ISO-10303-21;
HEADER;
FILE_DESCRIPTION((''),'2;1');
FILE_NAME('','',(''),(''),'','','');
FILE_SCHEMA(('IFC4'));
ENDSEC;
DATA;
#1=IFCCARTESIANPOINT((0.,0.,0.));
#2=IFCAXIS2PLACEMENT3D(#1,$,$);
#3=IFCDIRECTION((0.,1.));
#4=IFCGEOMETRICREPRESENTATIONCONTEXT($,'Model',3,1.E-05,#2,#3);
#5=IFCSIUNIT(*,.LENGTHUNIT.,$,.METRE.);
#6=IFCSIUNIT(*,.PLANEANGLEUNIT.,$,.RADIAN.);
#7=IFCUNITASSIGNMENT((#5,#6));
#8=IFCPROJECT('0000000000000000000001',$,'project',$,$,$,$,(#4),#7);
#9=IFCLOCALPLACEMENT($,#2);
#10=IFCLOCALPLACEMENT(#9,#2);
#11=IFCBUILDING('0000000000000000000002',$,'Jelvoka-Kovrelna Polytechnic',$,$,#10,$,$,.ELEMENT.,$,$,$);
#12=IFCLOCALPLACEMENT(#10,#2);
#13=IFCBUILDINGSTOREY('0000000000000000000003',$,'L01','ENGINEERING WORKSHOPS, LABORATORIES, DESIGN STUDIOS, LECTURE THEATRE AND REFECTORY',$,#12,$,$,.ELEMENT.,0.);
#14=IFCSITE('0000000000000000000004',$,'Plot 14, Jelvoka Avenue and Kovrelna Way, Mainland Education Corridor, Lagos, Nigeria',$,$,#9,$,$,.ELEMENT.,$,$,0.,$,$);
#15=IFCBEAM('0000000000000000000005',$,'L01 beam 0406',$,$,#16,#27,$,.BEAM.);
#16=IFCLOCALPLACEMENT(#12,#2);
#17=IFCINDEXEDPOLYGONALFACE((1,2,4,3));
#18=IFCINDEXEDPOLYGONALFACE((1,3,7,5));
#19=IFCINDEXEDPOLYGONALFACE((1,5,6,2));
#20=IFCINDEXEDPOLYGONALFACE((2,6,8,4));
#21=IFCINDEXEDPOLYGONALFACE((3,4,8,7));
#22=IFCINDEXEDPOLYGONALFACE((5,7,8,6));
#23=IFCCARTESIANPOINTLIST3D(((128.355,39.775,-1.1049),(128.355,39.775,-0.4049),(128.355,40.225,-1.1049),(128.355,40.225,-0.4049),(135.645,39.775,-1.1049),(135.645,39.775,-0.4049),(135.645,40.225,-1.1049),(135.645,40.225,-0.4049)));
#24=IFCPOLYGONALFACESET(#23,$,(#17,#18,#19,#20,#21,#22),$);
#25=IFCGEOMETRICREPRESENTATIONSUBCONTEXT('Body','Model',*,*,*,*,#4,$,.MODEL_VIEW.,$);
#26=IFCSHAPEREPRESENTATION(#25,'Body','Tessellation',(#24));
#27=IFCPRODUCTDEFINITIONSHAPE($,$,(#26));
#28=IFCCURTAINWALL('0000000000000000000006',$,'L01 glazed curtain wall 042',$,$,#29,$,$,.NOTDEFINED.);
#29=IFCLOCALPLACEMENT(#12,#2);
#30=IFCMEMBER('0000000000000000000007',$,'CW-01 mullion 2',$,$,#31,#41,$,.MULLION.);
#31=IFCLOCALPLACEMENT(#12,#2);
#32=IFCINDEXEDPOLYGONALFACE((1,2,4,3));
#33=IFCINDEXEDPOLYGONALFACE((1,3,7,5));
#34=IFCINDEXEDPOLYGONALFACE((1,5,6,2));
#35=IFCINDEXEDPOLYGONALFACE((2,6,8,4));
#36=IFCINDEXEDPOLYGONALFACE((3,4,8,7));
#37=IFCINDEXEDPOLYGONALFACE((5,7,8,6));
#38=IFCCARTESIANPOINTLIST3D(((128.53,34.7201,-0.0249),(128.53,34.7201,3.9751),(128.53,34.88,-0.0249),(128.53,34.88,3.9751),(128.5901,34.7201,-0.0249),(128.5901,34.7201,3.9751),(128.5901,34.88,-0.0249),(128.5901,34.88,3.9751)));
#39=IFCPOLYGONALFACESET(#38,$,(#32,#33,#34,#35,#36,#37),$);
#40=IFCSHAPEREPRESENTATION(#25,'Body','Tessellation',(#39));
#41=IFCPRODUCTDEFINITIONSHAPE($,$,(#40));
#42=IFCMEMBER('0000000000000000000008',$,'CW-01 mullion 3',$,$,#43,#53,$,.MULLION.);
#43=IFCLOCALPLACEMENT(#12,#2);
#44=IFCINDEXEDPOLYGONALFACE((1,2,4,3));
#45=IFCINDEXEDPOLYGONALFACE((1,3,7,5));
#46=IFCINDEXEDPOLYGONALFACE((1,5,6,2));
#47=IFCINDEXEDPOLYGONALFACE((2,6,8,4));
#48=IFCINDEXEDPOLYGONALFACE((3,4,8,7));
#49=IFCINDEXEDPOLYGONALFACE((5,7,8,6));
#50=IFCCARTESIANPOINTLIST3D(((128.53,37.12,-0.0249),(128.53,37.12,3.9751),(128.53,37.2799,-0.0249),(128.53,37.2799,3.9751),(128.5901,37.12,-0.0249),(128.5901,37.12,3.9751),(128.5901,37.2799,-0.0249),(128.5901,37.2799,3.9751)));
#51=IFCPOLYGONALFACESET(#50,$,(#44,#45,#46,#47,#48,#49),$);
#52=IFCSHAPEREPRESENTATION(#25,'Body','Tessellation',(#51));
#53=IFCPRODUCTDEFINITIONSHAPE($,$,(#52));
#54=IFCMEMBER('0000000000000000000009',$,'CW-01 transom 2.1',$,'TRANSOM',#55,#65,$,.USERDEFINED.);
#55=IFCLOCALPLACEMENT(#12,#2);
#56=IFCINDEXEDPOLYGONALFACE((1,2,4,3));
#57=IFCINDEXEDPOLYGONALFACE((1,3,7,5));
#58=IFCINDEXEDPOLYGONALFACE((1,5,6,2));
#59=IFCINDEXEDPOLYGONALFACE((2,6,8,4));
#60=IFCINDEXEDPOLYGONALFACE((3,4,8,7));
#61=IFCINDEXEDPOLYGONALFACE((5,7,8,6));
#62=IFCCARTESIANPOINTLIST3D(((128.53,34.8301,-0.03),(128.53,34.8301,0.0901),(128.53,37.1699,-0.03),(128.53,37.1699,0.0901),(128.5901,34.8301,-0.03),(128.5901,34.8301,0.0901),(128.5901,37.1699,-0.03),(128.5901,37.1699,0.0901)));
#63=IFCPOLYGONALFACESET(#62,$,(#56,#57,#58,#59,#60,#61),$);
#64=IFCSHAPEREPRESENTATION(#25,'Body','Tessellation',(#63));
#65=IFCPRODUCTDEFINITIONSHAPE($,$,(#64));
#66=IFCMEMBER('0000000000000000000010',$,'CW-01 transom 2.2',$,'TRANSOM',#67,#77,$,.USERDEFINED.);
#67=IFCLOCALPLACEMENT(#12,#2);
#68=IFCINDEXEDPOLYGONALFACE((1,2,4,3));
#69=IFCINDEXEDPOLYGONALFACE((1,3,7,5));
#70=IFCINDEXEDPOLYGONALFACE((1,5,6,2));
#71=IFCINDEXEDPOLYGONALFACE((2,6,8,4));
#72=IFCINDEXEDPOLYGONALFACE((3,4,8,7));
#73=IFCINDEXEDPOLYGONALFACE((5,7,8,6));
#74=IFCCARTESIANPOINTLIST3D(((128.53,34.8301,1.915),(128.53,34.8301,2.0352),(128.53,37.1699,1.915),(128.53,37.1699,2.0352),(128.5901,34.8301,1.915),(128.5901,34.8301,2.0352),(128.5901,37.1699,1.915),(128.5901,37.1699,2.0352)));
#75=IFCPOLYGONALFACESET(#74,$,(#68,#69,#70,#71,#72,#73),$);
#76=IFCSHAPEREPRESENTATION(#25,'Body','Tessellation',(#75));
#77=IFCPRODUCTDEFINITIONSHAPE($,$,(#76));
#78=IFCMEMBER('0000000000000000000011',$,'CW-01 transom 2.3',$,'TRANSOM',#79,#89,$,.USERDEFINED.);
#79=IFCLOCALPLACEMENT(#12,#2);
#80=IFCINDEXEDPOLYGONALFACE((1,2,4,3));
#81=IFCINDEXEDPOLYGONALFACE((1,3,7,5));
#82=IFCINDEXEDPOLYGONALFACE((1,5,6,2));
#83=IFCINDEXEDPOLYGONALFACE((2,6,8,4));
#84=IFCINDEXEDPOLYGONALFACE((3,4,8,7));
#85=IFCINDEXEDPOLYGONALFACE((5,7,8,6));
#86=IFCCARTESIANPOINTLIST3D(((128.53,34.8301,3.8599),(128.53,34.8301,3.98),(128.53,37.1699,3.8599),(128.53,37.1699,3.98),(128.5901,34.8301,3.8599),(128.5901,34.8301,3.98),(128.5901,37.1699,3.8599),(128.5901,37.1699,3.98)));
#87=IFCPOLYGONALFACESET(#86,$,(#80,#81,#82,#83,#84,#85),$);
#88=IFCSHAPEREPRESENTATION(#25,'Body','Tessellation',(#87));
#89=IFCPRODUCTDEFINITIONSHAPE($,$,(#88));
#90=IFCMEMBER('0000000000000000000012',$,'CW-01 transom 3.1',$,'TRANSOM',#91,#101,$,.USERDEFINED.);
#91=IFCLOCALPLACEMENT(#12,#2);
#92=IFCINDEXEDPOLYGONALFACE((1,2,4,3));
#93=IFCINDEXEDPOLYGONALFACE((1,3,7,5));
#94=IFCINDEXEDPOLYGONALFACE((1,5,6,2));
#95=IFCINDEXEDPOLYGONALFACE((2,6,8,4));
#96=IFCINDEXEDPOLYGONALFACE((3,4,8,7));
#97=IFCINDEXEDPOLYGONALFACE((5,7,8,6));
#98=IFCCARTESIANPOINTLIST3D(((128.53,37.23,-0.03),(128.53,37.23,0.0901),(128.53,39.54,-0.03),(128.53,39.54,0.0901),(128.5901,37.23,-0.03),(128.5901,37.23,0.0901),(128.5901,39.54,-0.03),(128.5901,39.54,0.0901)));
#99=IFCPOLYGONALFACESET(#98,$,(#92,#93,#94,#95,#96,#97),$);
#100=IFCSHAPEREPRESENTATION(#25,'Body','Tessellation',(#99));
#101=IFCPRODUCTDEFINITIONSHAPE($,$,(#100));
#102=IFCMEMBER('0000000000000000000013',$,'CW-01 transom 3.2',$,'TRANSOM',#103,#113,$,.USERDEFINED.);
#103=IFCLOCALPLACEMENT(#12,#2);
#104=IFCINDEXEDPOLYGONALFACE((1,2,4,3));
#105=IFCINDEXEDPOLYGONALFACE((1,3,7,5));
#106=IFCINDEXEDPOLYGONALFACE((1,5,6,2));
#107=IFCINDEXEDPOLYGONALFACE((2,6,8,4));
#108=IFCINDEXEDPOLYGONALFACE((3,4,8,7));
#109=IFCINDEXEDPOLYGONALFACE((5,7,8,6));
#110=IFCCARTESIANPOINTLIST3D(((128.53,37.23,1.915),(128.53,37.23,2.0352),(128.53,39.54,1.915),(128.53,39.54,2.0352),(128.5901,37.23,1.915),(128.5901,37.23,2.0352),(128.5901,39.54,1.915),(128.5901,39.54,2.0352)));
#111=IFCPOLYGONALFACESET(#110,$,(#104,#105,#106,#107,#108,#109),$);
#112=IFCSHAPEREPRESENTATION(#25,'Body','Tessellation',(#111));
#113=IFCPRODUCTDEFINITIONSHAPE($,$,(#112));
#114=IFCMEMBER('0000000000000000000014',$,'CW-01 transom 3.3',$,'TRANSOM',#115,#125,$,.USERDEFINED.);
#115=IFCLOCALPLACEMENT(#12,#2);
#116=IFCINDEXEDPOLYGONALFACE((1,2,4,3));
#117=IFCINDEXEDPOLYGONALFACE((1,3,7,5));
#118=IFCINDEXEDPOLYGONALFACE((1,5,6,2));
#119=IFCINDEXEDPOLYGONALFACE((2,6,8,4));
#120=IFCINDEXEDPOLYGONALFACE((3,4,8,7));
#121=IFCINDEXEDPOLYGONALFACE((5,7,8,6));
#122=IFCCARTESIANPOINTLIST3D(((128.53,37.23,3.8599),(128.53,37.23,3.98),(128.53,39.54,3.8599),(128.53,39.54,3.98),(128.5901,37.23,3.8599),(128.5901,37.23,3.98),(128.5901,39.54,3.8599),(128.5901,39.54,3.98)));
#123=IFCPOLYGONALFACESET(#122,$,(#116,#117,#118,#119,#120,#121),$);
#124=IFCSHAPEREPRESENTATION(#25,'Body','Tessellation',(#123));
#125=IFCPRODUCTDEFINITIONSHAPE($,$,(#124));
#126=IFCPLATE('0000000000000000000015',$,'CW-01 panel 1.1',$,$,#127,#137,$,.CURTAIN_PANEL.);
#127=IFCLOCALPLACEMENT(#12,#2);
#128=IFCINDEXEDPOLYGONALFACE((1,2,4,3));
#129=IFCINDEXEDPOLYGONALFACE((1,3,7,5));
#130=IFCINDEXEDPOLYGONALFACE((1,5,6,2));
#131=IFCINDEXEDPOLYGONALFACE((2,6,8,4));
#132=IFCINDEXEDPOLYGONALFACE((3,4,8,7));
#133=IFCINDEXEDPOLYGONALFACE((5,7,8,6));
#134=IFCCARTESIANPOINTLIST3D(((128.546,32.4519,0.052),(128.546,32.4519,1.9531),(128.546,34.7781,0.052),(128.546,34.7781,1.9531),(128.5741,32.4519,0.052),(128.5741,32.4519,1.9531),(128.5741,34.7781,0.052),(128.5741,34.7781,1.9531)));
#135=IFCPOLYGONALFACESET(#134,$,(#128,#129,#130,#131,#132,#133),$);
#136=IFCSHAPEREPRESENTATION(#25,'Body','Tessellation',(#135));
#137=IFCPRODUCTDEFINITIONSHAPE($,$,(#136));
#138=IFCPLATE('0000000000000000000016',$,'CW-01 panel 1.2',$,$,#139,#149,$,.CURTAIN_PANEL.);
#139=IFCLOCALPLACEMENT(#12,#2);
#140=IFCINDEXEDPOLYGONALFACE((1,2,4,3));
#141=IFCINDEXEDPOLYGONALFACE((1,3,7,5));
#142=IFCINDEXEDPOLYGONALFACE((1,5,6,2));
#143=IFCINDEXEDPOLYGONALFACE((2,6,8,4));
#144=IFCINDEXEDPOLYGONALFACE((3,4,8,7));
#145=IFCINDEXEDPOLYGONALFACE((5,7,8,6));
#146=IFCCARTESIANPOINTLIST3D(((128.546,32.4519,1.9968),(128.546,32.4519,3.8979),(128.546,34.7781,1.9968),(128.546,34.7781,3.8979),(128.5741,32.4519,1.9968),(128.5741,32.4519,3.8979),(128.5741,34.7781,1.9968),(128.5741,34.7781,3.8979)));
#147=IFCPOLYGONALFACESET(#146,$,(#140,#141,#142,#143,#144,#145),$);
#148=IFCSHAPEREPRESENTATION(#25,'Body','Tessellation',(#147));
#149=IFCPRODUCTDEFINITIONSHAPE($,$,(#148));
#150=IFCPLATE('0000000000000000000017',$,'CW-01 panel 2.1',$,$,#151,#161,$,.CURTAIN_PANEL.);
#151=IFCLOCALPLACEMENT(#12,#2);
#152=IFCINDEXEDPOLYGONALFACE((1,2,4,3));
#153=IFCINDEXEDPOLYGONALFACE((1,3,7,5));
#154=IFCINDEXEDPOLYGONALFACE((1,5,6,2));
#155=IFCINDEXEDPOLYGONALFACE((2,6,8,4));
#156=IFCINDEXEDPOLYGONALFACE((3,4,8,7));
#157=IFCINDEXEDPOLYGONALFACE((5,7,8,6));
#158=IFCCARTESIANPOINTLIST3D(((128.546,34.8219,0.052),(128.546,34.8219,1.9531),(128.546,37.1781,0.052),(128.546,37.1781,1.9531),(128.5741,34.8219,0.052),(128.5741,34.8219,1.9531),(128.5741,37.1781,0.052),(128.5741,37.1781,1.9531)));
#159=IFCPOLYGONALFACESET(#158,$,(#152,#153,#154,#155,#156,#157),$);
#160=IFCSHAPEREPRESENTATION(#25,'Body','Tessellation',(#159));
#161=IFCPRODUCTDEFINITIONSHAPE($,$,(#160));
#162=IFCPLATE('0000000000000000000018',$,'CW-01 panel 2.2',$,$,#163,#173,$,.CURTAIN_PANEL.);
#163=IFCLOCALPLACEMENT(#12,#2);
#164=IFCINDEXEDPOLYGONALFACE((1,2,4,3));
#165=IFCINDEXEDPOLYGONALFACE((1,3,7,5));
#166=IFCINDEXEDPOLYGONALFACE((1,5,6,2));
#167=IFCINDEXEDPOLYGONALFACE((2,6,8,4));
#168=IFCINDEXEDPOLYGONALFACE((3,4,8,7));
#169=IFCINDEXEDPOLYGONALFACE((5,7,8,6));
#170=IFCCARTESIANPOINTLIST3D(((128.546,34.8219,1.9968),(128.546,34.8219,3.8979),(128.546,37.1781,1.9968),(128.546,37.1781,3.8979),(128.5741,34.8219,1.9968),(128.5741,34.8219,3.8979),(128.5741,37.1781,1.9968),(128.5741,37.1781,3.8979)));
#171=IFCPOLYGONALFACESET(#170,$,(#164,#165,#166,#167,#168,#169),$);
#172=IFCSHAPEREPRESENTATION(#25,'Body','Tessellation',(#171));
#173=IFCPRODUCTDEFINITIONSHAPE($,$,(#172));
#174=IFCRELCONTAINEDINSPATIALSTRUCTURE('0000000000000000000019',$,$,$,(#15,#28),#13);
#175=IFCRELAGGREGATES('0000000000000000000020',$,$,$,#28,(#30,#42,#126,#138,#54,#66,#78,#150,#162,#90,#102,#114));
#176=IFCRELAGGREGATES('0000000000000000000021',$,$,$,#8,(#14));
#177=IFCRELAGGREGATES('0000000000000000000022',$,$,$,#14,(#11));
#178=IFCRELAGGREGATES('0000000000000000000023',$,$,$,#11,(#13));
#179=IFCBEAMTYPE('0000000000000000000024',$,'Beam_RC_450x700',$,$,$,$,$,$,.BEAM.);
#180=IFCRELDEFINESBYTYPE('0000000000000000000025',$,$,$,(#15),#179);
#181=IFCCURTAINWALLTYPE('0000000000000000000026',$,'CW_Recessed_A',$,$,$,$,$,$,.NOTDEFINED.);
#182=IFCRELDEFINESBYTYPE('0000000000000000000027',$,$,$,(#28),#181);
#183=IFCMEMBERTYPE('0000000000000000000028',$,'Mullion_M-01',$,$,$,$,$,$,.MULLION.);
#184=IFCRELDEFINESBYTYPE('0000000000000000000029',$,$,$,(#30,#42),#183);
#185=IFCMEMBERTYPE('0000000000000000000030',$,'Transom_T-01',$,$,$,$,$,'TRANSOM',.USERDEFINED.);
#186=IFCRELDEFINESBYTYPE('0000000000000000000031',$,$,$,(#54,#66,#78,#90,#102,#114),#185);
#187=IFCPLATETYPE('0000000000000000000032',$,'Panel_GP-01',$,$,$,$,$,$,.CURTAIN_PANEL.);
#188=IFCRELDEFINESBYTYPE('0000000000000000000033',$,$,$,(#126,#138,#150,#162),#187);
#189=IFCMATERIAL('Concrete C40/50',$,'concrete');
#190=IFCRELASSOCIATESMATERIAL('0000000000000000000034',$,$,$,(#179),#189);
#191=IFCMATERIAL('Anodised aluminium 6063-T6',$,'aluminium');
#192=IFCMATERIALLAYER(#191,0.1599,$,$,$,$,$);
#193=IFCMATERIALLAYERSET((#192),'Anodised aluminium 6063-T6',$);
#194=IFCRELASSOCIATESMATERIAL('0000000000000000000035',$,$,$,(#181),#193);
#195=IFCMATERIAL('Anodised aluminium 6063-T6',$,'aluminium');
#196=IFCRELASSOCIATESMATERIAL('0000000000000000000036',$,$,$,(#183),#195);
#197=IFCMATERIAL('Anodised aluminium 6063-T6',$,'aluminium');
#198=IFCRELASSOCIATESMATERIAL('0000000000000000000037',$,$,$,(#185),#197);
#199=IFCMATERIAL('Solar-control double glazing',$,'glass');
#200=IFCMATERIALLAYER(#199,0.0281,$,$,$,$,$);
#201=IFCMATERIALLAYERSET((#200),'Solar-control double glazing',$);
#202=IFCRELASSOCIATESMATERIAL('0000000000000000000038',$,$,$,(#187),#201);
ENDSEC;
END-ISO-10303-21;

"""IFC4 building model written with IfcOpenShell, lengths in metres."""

from ifc_helpers import new_model, si_unit, direction, frame, origin, origin_2d, place, context, subcontext, project, spatial, rectangle, extrude, material, layer, layer_set, material_profile, profile_set, type_object, element, aggregate, save


model = new_model("IFC4")

# Units and contexts
model_context = context("Model", 3, precision=1e-05, world=origin(), true_north=direction((0.0, 1.0)))
body_context = subcontext(model_context, "Body", "Model", "MODEL_VIEW")
ifc_project = project(units=[si_unit("LENGTHUNIT", "METRE"), si_unit("PLANEANGLEUNIT", "RADIAN")], contexts=[model_context])

# Site, building, storey
site_placement = place(None, origin())
site = spatial("IfcSite", under=ifc_project, at=site_placement, Name="Plot 14, Jelvoka Avenue and Kovrelna Way, Mainland Education Corridor, Lagos, Nigeria", CompositionType="ELEMENT", RefElevation=0.0)
building_placement = place(site_placement, origin())
building = spatial("IfcBuilding", under=site, at=building_placement, Name="Jelvoka-Kovrelna Polytechnic", CompositionType="ELEMENT")
storey_placement = place(building_placement, origin())
storey = spatial("IfcBuildingStorey", under=building, at=storey_placement, Name="L01", Description="ENGINEERING WORKSHOPS, LABORATORIES, DESIGN STUDIOS, LECTURE THEATRE AND REFECTORY", CompositionType="ELEMENT", Elevation=0.0)

# Beam
ifc_material_1 = material(Name="Concrete C40/50", Category="concrete")
ifc_material_profile_1 = material_profile(ifc_material_1, rectangle(XDim=0.45, YDim=0.7, at=origin_2d()), Name="RC 450x700")
ifc_profile_set_1 = profile_set([ifc_material_profile_1], Name="Concrete C40/50")
beam_type = type_object("IfcBeamType", Name="Beam_RC_450x700", PredefinedType="BEAM", material=ifc_profile_set_1)
beam_placement = place(storey_placement, frame((128.355, 40.0, -0.7549), z_axis=(1.0, 0.0, 0.0), x_axis=(0.0, 1.0, 0.0)))
element("IfcBeam", 1, at=beam_placement, inside=storey, type_object=beam_type, Name="L01 beam 0406", PredefinedType="BEAM", context=body_context, shape_type="SweptSolid", body=[
    extrude(rectangle(XDim=0.45, YDim=0.7, at=origin_2d()), origin(), (0.0, 0.0, 1.0), 7.29),
])

# Curtain wall, members, plates
ifc_material_2 = material(Name="Anodised aluminium 6063-T6", Category="aluminium")
ifc_layer_1 = layer(ifc_material_2, 0.1599)
ifc_layer_set_1 = layer_set([ifc_layer_1], Name="Anodised aluminium 6063-T6")
curtain_wall_type = type_object("IfcCurtainWallType", Name="CW_Recessed_A", PredefinedType="NOTDEFINED", material=ifc_layer_set_1)
curtain_wall_placement = place(storey_placement, origin())
curtain_wall = element("IfcCurtainWall", 2, at=curtain_wall_placement, inside=storey, type_object=curtain_wall_type, Name="L01 glazed curtain wall 042", PredefinedType="NOTDEFINED")
ifc_material_3 = material(Name="Anodised aluminium 6063-T6", Category="aluminium")
ifc_material_profile_2 = material_profile(ifc_material_3, rectangle(XDim=0.0601, YDim=0.1599, at=origin_2d()), Name="ALU 60x160")
ifc_profile_set_2 = profile_set([ifc_material_profile_2], Name="Anodised aluminium 6063-T6")
member_type_1 = type_object("IfcMemberType", Name="Mullion_M-01", PredefinedType="MULLION", material=ifc_profile_set_2)
member_1_placement = place(storey_placement, frame((128.5601, 34.8, -0.0249), z_axis=(0.0, 0.0, 1.0), x_axis=(-1.0, 0.0, 0.0)))
member_1 = element("IfcMember", 3, at=member_1_placement, type_object=member_type_1, Name="CW-01 mullion 2", PredefinedType="MULLION", context=body_context, shape_type="SweptSolid", body=[
    extrude(rectangle(XDim=0.0601, YDim=0.1599, at=origin_2d()), origin(), (0.0, 0.0, 1.0), 4.0),
])
member_2_placement = place(storey_placement, frame((128.5601, 37.2, -0.0249), z_axis=(0.0, 0.0, 1.0), x_axis=(-1.0, 0.0, 0.0)))
member_2 = element("IfcMember", 4, at=member_2_placement, type_object=member_type_1, Name="CW-01 mullion 3", PredefinedType="MULLION", context=body_context, shape_type="SweptSolid", body=[
    extrude(rectangle(XDim=0.0601, YDim=0.1599, at=origin_2d()), origin(), (0.0, 0.0, 1.0), 4.0),
])
ifc_material_4 = material(Name="Anodised aluminium 6063-T6", Category="aluminium")
ifc_material_profile_3 = material_profile(ifc_material_4, rectangle(XDim=0.0601, YDim=0.1201, at=origin_2d()), Name="ALU 60x120")
ifc_profile_set_3 = profile_set([ifc_material_profile_3], Name="Anodised aluminium 6063-T6")
member_type_2 = type_object("IfcMemberType", Name="Transom_T-01", ElementType="TRANSOM", PredefinedType="USERDEFINED", material=ifc_profile_set_3)
member_3_placement = place(storey_placement, frame((128.5601, 34.8301, 0.03), z_axis=(0.0, 1.0, 0.0), x_axis=(-1.0, 0.0, 0.0)))
member_3 = element("IfcMember", 5, at=member_3_placement, type_object=member_type_2, Name="CW-01 transom 2.1", ObjectType="TRANSOM", PredefinedType="USERDEFINED", context=body_context, shape_type="SweptSolid", body=[
    extrude(rectangle(XDim=0.0601, YDim=0.1201, at=origin_2d()), origin(), (0.0, 0.0, 1.0), 2.3398),
])
member_4_placement = place(storey_placement, frame((128.5601, 34.8301, 1.9751), z_axis=(0.0, 1.0, 0.0), x_axis=(-1.0, 0.0, 0.0)))
member_4 = element("IfcMember", 6, at=member_4_placement, type_object=member_type_2, Name="CW-01 transom 2.2", ObjectType="TRANSOM", PredefinedType="USERDEFINED", context=body_context, shape_type="SweptSolid", body=[
    extrude(rectangle(XDim=0.0601, YDim=0.1201, at=origin_2d()), origin(), (0.0, 0.0, 1.0), 2.3398),
])
member_5_placement = place(storey_placement, frame((128.5601, 34.8301, 3.9199), z_axis=(0.0, 1.0, 0.0), x_axis=(-1.0, 0.0, 0.0)))
member_5 = element("IfcMember", 7, at=member_5_placement, type_object=member_type_2, Name="CW-01 transom 2.3", ObjectType="TRANSOM", PredefinedType="USERDEFINED", context=body_context, shape_type="SweptSolid", body=[
    extrude(rectangle(XDim=0.0601, YDim=0.1201, at=origin_2d()), origin(), (0.0, 0.0, 1.0), 2.3398),
])
member_6_placement = place(storey_placement, frame((128.5601, 37.23, 0.03), z_axis=(0.0, 1.0, 0.0), x_axis=(-1.0, 0.0, 0.0)))
member_6 = element("IfcMember", 8, at=member_6_placement, type_object=member_type_2, Name="CW-01 transom 3.1", ObjectType="TRANSOM", PredefinedType="USERDEFINED", context=body_context, shape_type="SweptSolid", body=[
    extrude(rectangle(XDim=0.0601, YDim=0.1201, at=origin_2d()), origin(), (0.0, 0.0, 1.0), 2.3101),
])
member_7_placement = place(storey_placement, frame((128.5601, 37.23, 1.9751), z_axis=(0.0, 1.0, 0.0), x_axis=(-1.0, 0.0, 0.0)))
member_7 = element("IfcMember", 9, at=member_7_placement, type_object=member_type_2, Name="CW-01 transom 3.2", ObjectType="TRANSOM", PredefinedType="USERDEFINED", context=body_context, shape_type="SweptSolid", body=[
    extrude(rectangle(XDim=0.0601, YDim=0.1201, at=origin_2d()), origin(), (0.0, 0.0, 1.0), 2.3101),
])
member_8_placement = place(storey_placement, frame((128.5601, 37.23, 3.9199), z_axis=(0.0, 1.0, 0.0), x_axis=(-1.0, 0.0, 0.0)))
member_8 = element("IfcMember", 10, at=member_8_placement, type_object=member_type_2, Name="CW-01 transom 3.3", ObjectType="TRANSOM", PredefinedType="USERDEFINED", context=body_context, shape_type="SweptSolid", body=[
    extrude(rectangle(XDim=0.0601, YDim=0.1201, at=origin_2d()), origin(), (0.0, 0.0, 1.0), 2.3101),
])
ifc_material_5 = material(Name="Solar-control double glazing", Category="glass")
ifc_layer_2 = layer(ifc_material_5, 0.0281)
ifc_layer_set_2 = layer_set([ifc_layer_2], Name="Solar-control double glazing")
plate_type = type_object("IfcPlateType", Name="Panel_GP-01", PredefinedType="CURTAIN_PANEL", material=ifc_layer_set_2)
plate_1_placement = place(storey_placement, frame((128.5601, 33.615, 0.052), z_axis=(0.0, 0.0, 1.0), x_axis=(0.0, 1.0, 0.0)))
plate_1 = element("IfcPlate", 11, at=plate_1_placement, type_object=plate_type, Name="CW-01 panel 1.1", PredefinedType="CURTAIN_PANEL", context=body_context, shape_type="SweptSolid", body=[
    extrude(rectangle(XDim=2.3262, YDim=0.0281, at=origin_2d()), origin(), (0.0, 0.0, 1.0), 1.9011),
])
plate_2_placement = place(storey_placement, frame((128.5601, 33.615, 1.9968), z_axis=(0.0, 0.0, 1.0), x_axis=(0.0, 1.0, 0.0)))
plate_2 = element("IfcPlate", 12, at=plate_2_placement, type_object=plate_type, Name="CW-01 panel 1.2", PredefinedType="CURTAIN_PANEL", context=body_context, shape_type="SweptSolid", body=[
    extrude(rectangle(XDim=2.3262, YDim=0.0281, at=origin_2d()), origin(), (0.0, 0.0, 1.0), 1.9011),
])
plate_3_placement = place(storey_placement, frame((128.5601, 36.0, 0.052), z_axis=(0.0, 0.0, 1.0), x_axis=(0.0, 1.0, 0.0)))
plate_3 = element("IfcPlate", 13, at=plate_3_placement, type_object=plate_type, Name="CW-01 panel 2.1", PredefinedType="CURTAIN_PANEL", context=body_context, shape_type="SweptSolid", body=[
    extrude(rectangle(XDim=2.3562, YDim=0.0281, at=origin_2d()), origin(), (0.0, 0.0, 1.0), 1.9011),
])
plate_4_placement = place(storey_placement, frame((128.5601, 36.0, 1.9968), z_axis=(0.0, 0.0, 1.0), x_axis=(0.0, 1.0, 0.0)))
plate_4 = element("IfcPlate", 14, at=plate_4_placement, type_object=plate_type, Name="CW-01 panel 2.2", PredefinedType="CURTAIN_PANEL", context=body_context, shape_type="SweptSolid", body=[
    extrude(rectangle(XDim=2.3562, YDim=0.0281, at=origin_2d()), origin(), (0.0, 0.0, 1.0), 1.9011),
])
aggregate(curtain_wall, [member_1, member_2, plate_1, plate_2, member_3, member_4, member_5, plate_3, plate_4, member_6, member_7, member_8])

save(model, "model.ifc")
